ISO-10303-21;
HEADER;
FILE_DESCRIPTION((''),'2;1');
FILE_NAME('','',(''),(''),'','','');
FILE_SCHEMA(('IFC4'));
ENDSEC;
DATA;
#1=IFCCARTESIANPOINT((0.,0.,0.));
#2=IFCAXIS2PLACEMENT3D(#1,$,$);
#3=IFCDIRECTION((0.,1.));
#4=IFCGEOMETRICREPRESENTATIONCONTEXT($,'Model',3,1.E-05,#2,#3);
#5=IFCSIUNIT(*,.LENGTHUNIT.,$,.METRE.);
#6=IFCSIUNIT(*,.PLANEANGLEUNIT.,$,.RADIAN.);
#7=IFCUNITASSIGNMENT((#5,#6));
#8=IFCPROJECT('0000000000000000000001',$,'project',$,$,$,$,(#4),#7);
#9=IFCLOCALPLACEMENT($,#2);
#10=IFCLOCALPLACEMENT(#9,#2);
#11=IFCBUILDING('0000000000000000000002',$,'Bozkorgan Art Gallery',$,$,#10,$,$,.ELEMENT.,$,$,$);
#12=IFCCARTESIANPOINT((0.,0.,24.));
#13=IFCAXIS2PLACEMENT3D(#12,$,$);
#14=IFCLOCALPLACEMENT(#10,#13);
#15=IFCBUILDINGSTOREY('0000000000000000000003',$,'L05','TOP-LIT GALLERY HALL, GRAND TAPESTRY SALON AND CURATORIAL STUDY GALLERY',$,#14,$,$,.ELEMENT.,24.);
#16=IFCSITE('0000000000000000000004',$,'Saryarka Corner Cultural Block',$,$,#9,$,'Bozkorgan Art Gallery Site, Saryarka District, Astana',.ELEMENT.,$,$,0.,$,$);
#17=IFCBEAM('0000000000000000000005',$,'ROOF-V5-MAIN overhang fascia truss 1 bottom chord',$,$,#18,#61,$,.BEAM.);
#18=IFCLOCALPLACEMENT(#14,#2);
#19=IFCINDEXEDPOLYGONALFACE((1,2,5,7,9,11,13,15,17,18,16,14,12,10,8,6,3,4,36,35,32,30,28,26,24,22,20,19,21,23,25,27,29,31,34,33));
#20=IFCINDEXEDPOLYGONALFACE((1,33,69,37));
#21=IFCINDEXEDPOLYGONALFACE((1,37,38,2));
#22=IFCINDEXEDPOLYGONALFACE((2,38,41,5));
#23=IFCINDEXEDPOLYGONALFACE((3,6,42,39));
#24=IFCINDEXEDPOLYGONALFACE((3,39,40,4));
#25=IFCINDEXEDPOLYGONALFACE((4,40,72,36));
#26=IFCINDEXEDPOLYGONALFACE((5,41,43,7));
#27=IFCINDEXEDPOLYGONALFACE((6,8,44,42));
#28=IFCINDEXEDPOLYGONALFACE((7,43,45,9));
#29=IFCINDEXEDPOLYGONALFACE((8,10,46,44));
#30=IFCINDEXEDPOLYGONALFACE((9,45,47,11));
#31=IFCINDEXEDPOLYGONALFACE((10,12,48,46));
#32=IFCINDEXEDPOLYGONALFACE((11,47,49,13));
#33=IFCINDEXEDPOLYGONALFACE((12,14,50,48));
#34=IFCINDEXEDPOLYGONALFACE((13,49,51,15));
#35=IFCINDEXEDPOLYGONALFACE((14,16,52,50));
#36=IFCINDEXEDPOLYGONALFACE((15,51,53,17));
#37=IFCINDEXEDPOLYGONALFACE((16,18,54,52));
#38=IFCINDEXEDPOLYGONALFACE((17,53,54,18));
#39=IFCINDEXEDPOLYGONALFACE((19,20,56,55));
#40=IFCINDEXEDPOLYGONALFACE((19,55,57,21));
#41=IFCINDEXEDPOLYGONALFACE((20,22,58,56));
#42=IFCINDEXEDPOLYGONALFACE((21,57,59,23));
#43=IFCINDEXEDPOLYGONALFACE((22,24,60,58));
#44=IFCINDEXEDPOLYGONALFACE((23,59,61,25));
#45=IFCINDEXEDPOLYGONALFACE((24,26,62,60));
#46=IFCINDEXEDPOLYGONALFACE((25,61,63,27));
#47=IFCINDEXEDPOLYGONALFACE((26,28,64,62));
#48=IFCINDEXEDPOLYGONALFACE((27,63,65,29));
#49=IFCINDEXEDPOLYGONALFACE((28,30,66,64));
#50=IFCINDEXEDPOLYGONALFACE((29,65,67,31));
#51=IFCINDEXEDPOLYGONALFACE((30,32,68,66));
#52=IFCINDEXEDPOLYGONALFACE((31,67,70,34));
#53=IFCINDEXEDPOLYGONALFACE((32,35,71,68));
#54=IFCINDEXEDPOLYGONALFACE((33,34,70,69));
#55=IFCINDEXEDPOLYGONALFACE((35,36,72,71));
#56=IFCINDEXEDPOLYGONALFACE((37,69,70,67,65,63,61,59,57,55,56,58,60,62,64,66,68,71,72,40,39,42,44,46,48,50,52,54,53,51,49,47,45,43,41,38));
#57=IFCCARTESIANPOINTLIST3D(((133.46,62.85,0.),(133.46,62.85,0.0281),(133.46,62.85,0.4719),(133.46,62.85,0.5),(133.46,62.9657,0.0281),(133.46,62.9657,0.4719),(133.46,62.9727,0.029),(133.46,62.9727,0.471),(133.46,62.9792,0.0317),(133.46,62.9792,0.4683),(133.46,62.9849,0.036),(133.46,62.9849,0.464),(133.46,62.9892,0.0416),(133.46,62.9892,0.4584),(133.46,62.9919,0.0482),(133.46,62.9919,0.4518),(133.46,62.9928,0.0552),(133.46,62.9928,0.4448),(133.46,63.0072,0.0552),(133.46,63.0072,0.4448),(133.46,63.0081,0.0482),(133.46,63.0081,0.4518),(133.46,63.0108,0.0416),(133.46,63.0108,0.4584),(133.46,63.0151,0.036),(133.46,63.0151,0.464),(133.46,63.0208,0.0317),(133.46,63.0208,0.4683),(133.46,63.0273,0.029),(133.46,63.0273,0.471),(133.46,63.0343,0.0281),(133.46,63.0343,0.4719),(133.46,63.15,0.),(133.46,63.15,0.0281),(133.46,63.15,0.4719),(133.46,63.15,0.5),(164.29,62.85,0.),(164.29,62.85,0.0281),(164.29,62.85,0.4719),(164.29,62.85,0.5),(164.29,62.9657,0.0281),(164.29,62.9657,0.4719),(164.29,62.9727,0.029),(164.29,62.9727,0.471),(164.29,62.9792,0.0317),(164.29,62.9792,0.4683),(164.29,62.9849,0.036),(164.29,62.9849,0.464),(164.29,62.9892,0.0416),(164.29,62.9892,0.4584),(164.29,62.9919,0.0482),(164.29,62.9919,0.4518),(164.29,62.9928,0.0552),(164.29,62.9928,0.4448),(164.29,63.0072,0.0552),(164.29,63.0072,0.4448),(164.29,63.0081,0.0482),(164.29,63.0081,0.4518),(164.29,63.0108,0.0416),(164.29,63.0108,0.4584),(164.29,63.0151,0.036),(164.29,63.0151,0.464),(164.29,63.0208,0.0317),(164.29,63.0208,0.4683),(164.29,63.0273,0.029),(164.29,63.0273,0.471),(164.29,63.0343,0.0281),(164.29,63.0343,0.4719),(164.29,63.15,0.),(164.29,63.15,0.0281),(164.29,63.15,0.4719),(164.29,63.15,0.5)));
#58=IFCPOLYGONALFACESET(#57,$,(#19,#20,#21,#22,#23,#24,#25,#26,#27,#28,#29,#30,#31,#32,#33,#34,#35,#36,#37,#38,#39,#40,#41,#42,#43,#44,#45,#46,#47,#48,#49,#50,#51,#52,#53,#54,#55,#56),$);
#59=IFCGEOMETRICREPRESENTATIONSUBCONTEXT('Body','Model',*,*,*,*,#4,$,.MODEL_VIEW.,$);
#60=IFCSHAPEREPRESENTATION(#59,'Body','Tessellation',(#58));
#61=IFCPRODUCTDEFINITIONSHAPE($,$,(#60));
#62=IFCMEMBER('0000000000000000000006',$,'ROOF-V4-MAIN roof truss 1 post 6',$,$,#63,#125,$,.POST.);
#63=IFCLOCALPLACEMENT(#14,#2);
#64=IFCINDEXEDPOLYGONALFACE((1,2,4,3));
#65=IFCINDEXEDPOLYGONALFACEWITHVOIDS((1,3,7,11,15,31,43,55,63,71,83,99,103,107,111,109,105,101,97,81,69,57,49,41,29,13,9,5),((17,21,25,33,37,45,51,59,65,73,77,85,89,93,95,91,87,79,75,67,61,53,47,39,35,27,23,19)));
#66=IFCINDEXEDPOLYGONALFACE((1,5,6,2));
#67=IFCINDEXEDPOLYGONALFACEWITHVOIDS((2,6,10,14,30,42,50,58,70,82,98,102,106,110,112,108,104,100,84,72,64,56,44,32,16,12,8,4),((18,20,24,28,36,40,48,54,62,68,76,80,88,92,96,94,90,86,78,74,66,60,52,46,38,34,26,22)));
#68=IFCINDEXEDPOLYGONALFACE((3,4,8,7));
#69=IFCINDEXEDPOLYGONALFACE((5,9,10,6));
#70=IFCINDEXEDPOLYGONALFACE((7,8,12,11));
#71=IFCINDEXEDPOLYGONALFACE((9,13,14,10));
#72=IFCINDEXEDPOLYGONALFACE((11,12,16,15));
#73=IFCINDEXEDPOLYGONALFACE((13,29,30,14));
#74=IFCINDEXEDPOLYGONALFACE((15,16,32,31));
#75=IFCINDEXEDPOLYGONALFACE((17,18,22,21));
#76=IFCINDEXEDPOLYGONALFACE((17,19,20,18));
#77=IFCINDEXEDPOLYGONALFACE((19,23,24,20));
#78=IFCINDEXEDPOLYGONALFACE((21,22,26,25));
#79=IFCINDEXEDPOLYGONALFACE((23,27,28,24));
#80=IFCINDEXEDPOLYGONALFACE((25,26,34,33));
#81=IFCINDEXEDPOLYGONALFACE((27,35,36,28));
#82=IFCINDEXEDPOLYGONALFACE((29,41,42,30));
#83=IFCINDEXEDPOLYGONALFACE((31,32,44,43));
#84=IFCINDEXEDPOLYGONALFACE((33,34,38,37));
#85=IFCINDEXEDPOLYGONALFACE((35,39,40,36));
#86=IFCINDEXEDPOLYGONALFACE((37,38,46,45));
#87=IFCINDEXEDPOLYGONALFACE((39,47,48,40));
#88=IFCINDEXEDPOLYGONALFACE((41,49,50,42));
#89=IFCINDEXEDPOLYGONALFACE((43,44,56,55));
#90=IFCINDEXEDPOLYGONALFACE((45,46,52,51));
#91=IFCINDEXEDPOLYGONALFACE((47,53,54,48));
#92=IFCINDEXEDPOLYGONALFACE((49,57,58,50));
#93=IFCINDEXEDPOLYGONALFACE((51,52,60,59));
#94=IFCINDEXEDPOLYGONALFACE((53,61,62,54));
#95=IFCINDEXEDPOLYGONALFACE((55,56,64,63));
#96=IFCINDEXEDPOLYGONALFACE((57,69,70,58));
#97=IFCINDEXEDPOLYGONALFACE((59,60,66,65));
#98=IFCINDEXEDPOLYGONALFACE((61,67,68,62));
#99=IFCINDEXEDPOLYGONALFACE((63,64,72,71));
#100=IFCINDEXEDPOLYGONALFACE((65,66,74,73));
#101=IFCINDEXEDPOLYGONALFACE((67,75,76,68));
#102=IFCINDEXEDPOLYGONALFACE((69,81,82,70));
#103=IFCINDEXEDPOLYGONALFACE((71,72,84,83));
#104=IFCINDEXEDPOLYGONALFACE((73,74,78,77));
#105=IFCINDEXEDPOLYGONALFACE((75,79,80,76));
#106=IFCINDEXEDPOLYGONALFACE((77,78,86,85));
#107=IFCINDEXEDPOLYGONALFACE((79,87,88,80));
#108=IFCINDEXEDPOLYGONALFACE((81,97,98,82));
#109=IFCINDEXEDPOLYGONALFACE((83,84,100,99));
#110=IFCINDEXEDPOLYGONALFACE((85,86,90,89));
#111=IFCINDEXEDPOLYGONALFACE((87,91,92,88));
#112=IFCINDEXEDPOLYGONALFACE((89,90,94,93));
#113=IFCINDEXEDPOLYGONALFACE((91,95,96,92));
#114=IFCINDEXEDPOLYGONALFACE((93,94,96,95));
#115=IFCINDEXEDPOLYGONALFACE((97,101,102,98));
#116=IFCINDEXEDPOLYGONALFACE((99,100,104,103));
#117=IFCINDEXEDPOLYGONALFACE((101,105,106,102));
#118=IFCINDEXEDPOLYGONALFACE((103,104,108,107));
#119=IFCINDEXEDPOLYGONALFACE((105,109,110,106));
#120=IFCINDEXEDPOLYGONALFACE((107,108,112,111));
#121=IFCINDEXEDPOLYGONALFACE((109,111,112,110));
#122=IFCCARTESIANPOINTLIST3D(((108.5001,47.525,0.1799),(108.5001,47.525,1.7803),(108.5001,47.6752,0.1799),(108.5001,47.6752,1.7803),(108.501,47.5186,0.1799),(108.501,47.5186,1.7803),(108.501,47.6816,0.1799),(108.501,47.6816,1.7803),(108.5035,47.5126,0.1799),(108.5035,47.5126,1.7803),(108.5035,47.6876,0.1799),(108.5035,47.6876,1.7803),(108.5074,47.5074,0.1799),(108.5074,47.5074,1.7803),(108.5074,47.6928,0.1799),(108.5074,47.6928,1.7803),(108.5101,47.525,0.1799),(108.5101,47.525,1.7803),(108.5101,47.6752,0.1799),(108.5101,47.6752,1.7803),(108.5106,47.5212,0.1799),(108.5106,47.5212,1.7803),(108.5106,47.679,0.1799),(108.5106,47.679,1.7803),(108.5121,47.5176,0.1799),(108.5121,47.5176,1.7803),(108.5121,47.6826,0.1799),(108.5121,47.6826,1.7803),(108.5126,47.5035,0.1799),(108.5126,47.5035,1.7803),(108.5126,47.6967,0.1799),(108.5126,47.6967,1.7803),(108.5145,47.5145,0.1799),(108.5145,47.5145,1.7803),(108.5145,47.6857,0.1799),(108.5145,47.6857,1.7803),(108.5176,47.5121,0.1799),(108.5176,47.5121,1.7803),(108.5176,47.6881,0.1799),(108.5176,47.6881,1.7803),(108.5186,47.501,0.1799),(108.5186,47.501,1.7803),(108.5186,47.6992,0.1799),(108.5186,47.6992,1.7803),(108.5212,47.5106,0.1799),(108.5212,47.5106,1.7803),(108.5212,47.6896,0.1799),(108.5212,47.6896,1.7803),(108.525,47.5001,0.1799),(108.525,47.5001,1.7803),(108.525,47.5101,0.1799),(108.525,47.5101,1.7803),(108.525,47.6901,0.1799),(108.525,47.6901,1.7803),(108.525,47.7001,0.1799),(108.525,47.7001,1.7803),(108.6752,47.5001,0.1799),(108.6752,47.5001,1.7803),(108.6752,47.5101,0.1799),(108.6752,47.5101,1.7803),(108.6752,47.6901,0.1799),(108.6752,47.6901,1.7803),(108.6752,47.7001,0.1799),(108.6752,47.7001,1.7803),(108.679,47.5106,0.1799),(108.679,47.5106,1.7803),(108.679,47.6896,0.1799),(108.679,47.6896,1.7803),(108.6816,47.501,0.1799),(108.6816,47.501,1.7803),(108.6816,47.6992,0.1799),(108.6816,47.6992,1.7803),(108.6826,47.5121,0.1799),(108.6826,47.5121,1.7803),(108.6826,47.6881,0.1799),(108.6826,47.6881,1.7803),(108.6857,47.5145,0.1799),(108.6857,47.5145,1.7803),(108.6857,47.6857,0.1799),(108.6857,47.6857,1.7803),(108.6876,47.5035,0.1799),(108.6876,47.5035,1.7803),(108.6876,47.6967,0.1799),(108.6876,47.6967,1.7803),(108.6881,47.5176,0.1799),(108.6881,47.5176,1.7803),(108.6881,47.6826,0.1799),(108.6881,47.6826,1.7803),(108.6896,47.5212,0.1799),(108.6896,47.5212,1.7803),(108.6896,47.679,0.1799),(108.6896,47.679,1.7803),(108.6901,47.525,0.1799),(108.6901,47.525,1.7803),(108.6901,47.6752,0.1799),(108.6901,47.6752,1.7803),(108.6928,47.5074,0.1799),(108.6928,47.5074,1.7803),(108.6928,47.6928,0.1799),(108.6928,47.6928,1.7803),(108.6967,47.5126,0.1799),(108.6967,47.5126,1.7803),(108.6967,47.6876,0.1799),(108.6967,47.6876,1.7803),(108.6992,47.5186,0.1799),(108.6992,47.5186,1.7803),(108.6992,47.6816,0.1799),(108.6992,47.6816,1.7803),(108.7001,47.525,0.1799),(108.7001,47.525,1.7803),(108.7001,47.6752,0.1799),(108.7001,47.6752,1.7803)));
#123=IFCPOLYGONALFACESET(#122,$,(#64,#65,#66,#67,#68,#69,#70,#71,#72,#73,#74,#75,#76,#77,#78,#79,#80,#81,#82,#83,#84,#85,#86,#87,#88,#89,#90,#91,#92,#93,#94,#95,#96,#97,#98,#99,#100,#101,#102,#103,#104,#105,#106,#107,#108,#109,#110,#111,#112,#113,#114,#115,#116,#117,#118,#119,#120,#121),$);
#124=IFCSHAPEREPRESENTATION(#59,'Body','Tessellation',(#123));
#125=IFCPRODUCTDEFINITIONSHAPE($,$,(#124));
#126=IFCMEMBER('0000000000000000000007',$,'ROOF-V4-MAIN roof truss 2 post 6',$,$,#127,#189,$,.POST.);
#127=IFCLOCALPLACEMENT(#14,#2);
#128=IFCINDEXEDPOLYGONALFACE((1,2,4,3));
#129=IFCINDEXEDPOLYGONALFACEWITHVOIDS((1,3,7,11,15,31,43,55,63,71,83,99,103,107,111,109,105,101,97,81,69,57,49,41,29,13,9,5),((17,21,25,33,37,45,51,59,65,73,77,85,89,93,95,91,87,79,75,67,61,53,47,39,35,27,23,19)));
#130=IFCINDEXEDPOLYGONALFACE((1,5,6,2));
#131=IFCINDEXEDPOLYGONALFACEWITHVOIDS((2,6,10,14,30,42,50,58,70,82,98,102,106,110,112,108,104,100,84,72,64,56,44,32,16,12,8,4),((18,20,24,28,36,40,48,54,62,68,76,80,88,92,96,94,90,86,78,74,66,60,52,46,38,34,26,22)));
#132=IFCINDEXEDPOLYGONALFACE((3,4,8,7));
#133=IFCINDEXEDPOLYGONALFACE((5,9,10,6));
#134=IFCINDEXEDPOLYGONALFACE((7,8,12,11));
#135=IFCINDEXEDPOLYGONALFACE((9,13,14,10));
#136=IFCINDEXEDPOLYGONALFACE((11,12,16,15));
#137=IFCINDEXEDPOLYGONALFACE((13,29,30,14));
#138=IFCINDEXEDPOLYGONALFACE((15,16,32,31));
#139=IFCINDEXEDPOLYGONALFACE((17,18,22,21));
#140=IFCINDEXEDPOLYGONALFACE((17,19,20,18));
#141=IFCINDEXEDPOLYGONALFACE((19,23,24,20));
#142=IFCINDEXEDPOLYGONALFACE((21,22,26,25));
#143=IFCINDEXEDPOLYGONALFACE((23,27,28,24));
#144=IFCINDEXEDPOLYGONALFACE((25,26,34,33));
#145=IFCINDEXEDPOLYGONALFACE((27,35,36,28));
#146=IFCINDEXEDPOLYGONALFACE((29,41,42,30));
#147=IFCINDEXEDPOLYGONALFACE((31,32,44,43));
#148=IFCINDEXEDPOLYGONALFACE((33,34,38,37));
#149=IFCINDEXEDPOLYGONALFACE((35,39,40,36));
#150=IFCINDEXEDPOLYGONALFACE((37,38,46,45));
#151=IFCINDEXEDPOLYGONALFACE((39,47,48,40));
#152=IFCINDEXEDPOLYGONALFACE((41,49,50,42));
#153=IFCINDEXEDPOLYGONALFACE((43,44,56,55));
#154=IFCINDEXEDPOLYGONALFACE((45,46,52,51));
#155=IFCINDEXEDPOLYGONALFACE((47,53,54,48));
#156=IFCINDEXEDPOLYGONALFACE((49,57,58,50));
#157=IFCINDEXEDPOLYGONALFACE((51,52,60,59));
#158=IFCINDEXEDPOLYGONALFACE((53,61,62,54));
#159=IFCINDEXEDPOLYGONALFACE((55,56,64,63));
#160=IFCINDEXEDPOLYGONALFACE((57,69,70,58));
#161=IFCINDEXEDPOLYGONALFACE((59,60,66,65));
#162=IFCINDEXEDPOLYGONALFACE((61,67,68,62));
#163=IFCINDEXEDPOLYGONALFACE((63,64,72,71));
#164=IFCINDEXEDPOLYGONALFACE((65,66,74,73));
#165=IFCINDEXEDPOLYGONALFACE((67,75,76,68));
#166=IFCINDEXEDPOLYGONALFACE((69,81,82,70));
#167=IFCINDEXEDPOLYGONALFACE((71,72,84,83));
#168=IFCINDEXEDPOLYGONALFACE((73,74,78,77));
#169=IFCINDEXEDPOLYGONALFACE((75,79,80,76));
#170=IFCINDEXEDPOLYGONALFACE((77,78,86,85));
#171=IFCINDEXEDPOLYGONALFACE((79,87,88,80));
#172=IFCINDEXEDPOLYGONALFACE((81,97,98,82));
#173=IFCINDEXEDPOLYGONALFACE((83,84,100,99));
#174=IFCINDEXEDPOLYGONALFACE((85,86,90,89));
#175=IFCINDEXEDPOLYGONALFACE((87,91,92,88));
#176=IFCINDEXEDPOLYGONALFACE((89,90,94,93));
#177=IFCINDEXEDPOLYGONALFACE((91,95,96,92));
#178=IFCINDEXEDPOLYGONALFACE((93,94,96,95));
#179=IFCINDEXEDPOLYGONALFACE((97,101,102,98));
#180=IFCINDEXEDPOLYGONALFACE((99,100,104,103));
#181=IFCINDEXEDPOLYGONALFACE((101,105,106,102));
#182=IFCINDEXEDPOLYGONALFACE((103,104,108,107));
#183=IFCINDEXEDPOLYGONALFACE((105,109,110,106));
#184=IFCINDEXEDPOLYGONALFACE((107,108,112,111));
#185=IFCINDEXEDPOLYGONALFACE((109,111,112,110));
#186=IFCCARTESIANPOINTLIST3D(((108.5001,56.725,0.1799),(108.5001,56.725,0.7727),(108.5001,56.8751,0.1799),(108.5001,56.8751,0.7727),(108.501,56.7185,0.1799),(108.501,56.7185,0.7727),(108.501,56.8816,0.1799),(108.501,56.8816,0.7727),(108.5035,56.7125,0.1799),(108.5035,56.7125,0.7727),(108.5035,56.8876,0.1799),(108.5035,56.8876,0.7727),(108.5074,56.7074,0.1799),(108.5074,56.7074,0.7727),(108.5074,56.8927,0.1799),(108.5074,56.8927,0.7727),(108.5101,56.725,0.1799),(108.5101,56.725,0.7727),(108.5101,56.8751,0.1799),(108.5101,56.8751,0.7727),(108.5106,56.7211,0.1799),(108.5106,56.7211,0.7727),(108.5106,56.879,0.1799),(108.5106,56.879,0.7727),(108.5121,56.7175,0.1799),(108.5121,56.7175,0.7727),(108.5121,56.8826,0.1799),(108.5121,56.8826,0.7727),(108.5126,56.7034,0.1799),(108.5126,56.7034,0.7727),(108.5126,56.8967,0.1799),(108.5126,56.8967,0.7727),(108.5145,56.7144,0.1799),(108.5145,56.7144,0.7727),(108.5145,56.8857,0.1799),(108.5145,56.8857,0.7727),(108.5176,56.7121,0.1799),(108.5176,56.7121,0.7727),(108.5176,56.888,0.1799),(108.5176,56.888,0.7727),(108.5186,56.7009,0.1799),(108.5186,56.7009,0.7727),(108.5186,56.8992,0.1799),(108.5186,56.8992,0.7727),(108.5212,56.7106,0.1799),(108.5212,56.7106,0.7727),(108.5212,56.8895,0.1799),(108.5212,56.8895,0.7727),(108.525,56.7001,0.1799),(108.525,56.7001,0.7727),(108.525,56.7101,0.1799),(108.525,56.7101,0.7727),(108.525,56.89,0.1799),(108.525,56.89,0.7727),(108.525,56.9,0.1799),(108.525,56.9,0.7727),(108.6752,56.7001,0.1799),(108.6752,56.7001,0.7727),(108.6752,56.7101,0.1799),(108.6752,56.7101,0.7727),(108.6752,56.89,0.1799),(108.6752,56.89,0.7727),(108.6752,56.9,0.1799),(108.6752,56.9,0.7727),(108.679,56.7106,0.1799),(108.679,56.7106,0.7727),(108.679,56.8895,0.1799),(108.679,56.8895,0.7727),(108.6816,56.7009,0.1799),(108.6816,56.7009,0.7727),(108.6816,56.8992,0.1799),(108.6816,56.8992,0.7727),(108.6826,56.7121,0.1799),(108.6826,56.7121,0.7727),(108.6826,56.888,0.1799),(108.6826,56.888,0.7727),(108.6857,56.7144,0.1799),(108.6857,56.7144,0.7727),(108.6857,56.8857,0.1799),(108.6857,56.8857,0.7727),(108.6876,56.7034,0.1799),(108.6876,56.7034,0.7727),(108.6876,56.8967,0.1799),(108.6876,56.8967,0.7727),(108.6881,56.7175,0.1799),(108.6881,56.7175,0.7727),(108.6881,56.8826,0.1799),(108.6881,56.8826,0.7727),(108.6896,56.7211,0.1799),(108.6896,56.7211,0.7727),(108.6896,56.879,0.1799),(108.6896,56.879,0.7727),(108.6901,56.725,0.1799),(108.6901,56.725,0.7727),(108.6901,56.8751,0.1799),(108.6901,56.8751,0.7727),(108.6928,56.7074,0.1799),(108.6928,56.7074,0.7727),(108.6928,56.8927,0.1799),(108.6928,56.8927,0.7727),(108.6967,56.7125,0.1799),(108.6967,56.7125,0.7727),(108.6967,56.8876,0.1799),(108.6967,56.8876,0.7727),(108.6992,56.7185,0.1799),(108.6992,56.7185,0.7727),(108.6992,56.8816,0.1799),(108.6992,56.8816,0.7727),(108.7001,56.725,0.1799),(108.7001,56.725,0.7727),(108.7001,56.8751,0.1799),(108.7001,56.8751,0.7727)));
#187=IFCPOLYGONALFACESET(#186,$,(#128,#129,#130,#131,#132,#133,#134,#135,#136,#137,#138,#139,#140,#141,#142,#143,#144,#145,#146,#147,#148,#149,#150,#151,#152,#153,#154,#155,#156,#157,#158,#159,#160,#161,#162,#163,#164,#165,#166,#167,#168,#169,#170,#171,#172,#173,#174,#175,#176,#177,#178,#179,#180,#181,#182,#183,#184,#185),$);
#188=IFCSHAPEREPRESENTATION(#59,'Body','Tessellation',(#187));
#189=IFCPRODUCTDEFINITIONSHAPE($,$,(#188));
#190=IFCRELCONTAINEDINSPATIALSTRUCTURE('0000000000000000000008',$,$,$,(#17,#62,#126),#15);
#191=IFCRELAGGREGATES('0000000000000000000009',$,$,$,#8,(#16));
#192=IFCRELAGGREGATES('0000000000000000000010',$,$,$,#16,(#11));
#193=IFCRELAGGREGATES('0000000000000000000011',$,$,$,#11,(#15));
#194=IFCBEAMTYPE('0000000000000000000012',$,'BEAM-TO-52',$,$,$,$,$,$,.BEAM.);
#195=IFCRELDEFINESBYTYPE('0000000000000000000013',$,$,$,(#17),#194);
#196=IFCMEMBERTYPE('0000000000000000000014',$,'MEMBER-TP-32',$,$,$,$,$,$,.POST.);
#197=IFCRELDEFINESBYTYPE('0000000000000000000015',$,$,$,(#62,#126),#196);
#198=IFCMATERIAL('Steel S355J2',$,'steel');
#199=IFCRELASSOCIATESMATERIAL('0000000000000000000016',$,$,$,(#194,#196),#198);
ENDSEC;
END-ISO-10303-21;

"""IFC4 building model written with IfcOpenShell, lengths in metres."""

from ifc_helpers import new_model, si_unit, direction, frame, origin, origin_2d, place, context, subcontext, project, spatial, hollow_rectangle, i_section, extrude, material, material_profile, profile_set, type_object, element, save


model = new_model("IFC4")

# Units and contexts
model_context = context("Model", 3, precision=1e-05, world=origin(), true_north=direction((0.0, 1.0)))
body_context = subcontext(model_context, "Body", "Model", "MODEL_VIEW")
ifc_project = project(units=[si_unit("LENGTHUNIT", "METRE"), si_unit("PLANEANGLEUNIT", "RADIAN")], contexts=[model_context])

# Site, building, storey
site_placement = place(None, origin())
site = spatial("IfcSite", under=ifc_project, at=site_placement, Name="Saryarka Corner Cultural Block", LongName="Bozkorgan Art Gallery Site, Saryarka District, Astana", CompositionType="ELEMENT", RefElevation=0.0)
building_placement = place(site_placement, origin())
building = spatial("IfcBuilding", under=site, at=building_placement, Name="Bozkorgan Art Gallery", CompositionType="ELEMENT")
storey_placement = place(building_placement, frame((0.0, 0.0, 24.0)))
storey = spatial("IfcBuildingStorey", under=building, at=storey_placement, Name="L05", Description="TOP-LIT GALLERY HALL, GRAND TAPESTRY SALON AND CURATORIAL STUDY GALLERY", CompositionType="ELEMENT", Elevation=24.0)

# Beam
ifc_material_1 = material(Name="Steel S355J2", Category="steel")
ifc_material_profile_1 = material_profile(ifc_material_1, i_section(OverallWidth=0.3, OverallDepth=0.5, WebThickness=0.0144, FlangeThickness=0.0281, FilletRadius=0.0271, at=origin_2d()), Name="HEB 500")
ifc_profile_set_1 = profile_set([ifc_material_profile_1], Name="Steel S355J2")
beam_type = type_object("IfcBeamType", Name="BEAM-TO-52", PredefinedType="BEAM", material=ifc_profile_set_1)
beam_placement = place(storey_placement, frame((133.46, 63.0, 0.25), z_axis=(1.0, 0.0, 0.0), x_axis=(0.0, 1.0, 0.0)))
element("IfcBeam", 1, at=beam_placement, inside=storey, type_object=beam_type, Name="ROOF-V5-MAIN overhang fascia truss 1 bottom chord", PredefinedType="BEAM", context=body_context, shape_type="SweptSolid", body=[
    extrude(i_section(OverallWidth=0.3, OverallDepth=0.5, WebThickness=0.0144, FlangeThickness=0.0281, FilletRadius=0.0271, at=origin_2d()), origin(), (0.0, 0.0, 1.0), 30.8301),
])

# Members
ifc_material_profile_2 = material_profile(ifc_material_1, hollow_rectangle(XDim=0.2, YDim=0.2, WallThickness=0.01, InnerFilletRadius=0.0149, OuterFilletRadius=0.0249, at=origin_2d()), Name="SHS 200x200x10")
ifc_profile_set_2 = profile_set([ifc_material_profile_2], Name="Steel S355J2")
member_type_1 = type_object("IfcMemberType", Name="MEMBER-TP-32", PredefinedType="POST", material=ifc_profile_set_2)
member_1_placement = place(storey_placement, frame((108.6001, 47.6001, 0.1799), z_axis=(0.0, 0.0, 1.0), x_axis=(1.0, 0.0, 0.0)))
element("IfcMember", 2, at=member_1_placement, inside=storey, type_object=member_type_1, Name="ROOF-V4-MAIN roof truss 1 post 6", PredefinedType="POST", context=body_context, shape_type="SweptSolid", body=[
    extrude(hollow_rectangle(XDim=0.2, YDim=0.2, WallThickness=0.01, InnerFilletRadius=0.0149, OuterFilletRadius=0.0249, at=origin_2d()), origin(), (0.0, 0.0, 1.0), 1.6003),
])
for number, where, z_axis, x_axis, name in (
    (3, (108.6001, 56.8, 0.1799), (0.0, 0.0, 1.0), (1.0, 0.0, 0.0), "ROOF-V4-MAIN roof truss 2 post 6"),
):
    element("IfcMember", number, at=place(storey_placement, frame(where, z_axis=z_axis, x_axis=x_axis)), inside=storey, type_object=member_type_1, Name=name, PredefinedType="POST", context=body_context, shape_type="SweptSolid", body=[
        extrude(hollow_rectangle(XDim=0.2, YDim=0.2, WallThickness=0.01, InnerFilletRadius=0.0149, OuterFilletRadius=0.0249, at=origin_2d()), origin(), (0.0, 0.0, 1.0), 0.5928),
    ])

save(model, "model.ifc")
